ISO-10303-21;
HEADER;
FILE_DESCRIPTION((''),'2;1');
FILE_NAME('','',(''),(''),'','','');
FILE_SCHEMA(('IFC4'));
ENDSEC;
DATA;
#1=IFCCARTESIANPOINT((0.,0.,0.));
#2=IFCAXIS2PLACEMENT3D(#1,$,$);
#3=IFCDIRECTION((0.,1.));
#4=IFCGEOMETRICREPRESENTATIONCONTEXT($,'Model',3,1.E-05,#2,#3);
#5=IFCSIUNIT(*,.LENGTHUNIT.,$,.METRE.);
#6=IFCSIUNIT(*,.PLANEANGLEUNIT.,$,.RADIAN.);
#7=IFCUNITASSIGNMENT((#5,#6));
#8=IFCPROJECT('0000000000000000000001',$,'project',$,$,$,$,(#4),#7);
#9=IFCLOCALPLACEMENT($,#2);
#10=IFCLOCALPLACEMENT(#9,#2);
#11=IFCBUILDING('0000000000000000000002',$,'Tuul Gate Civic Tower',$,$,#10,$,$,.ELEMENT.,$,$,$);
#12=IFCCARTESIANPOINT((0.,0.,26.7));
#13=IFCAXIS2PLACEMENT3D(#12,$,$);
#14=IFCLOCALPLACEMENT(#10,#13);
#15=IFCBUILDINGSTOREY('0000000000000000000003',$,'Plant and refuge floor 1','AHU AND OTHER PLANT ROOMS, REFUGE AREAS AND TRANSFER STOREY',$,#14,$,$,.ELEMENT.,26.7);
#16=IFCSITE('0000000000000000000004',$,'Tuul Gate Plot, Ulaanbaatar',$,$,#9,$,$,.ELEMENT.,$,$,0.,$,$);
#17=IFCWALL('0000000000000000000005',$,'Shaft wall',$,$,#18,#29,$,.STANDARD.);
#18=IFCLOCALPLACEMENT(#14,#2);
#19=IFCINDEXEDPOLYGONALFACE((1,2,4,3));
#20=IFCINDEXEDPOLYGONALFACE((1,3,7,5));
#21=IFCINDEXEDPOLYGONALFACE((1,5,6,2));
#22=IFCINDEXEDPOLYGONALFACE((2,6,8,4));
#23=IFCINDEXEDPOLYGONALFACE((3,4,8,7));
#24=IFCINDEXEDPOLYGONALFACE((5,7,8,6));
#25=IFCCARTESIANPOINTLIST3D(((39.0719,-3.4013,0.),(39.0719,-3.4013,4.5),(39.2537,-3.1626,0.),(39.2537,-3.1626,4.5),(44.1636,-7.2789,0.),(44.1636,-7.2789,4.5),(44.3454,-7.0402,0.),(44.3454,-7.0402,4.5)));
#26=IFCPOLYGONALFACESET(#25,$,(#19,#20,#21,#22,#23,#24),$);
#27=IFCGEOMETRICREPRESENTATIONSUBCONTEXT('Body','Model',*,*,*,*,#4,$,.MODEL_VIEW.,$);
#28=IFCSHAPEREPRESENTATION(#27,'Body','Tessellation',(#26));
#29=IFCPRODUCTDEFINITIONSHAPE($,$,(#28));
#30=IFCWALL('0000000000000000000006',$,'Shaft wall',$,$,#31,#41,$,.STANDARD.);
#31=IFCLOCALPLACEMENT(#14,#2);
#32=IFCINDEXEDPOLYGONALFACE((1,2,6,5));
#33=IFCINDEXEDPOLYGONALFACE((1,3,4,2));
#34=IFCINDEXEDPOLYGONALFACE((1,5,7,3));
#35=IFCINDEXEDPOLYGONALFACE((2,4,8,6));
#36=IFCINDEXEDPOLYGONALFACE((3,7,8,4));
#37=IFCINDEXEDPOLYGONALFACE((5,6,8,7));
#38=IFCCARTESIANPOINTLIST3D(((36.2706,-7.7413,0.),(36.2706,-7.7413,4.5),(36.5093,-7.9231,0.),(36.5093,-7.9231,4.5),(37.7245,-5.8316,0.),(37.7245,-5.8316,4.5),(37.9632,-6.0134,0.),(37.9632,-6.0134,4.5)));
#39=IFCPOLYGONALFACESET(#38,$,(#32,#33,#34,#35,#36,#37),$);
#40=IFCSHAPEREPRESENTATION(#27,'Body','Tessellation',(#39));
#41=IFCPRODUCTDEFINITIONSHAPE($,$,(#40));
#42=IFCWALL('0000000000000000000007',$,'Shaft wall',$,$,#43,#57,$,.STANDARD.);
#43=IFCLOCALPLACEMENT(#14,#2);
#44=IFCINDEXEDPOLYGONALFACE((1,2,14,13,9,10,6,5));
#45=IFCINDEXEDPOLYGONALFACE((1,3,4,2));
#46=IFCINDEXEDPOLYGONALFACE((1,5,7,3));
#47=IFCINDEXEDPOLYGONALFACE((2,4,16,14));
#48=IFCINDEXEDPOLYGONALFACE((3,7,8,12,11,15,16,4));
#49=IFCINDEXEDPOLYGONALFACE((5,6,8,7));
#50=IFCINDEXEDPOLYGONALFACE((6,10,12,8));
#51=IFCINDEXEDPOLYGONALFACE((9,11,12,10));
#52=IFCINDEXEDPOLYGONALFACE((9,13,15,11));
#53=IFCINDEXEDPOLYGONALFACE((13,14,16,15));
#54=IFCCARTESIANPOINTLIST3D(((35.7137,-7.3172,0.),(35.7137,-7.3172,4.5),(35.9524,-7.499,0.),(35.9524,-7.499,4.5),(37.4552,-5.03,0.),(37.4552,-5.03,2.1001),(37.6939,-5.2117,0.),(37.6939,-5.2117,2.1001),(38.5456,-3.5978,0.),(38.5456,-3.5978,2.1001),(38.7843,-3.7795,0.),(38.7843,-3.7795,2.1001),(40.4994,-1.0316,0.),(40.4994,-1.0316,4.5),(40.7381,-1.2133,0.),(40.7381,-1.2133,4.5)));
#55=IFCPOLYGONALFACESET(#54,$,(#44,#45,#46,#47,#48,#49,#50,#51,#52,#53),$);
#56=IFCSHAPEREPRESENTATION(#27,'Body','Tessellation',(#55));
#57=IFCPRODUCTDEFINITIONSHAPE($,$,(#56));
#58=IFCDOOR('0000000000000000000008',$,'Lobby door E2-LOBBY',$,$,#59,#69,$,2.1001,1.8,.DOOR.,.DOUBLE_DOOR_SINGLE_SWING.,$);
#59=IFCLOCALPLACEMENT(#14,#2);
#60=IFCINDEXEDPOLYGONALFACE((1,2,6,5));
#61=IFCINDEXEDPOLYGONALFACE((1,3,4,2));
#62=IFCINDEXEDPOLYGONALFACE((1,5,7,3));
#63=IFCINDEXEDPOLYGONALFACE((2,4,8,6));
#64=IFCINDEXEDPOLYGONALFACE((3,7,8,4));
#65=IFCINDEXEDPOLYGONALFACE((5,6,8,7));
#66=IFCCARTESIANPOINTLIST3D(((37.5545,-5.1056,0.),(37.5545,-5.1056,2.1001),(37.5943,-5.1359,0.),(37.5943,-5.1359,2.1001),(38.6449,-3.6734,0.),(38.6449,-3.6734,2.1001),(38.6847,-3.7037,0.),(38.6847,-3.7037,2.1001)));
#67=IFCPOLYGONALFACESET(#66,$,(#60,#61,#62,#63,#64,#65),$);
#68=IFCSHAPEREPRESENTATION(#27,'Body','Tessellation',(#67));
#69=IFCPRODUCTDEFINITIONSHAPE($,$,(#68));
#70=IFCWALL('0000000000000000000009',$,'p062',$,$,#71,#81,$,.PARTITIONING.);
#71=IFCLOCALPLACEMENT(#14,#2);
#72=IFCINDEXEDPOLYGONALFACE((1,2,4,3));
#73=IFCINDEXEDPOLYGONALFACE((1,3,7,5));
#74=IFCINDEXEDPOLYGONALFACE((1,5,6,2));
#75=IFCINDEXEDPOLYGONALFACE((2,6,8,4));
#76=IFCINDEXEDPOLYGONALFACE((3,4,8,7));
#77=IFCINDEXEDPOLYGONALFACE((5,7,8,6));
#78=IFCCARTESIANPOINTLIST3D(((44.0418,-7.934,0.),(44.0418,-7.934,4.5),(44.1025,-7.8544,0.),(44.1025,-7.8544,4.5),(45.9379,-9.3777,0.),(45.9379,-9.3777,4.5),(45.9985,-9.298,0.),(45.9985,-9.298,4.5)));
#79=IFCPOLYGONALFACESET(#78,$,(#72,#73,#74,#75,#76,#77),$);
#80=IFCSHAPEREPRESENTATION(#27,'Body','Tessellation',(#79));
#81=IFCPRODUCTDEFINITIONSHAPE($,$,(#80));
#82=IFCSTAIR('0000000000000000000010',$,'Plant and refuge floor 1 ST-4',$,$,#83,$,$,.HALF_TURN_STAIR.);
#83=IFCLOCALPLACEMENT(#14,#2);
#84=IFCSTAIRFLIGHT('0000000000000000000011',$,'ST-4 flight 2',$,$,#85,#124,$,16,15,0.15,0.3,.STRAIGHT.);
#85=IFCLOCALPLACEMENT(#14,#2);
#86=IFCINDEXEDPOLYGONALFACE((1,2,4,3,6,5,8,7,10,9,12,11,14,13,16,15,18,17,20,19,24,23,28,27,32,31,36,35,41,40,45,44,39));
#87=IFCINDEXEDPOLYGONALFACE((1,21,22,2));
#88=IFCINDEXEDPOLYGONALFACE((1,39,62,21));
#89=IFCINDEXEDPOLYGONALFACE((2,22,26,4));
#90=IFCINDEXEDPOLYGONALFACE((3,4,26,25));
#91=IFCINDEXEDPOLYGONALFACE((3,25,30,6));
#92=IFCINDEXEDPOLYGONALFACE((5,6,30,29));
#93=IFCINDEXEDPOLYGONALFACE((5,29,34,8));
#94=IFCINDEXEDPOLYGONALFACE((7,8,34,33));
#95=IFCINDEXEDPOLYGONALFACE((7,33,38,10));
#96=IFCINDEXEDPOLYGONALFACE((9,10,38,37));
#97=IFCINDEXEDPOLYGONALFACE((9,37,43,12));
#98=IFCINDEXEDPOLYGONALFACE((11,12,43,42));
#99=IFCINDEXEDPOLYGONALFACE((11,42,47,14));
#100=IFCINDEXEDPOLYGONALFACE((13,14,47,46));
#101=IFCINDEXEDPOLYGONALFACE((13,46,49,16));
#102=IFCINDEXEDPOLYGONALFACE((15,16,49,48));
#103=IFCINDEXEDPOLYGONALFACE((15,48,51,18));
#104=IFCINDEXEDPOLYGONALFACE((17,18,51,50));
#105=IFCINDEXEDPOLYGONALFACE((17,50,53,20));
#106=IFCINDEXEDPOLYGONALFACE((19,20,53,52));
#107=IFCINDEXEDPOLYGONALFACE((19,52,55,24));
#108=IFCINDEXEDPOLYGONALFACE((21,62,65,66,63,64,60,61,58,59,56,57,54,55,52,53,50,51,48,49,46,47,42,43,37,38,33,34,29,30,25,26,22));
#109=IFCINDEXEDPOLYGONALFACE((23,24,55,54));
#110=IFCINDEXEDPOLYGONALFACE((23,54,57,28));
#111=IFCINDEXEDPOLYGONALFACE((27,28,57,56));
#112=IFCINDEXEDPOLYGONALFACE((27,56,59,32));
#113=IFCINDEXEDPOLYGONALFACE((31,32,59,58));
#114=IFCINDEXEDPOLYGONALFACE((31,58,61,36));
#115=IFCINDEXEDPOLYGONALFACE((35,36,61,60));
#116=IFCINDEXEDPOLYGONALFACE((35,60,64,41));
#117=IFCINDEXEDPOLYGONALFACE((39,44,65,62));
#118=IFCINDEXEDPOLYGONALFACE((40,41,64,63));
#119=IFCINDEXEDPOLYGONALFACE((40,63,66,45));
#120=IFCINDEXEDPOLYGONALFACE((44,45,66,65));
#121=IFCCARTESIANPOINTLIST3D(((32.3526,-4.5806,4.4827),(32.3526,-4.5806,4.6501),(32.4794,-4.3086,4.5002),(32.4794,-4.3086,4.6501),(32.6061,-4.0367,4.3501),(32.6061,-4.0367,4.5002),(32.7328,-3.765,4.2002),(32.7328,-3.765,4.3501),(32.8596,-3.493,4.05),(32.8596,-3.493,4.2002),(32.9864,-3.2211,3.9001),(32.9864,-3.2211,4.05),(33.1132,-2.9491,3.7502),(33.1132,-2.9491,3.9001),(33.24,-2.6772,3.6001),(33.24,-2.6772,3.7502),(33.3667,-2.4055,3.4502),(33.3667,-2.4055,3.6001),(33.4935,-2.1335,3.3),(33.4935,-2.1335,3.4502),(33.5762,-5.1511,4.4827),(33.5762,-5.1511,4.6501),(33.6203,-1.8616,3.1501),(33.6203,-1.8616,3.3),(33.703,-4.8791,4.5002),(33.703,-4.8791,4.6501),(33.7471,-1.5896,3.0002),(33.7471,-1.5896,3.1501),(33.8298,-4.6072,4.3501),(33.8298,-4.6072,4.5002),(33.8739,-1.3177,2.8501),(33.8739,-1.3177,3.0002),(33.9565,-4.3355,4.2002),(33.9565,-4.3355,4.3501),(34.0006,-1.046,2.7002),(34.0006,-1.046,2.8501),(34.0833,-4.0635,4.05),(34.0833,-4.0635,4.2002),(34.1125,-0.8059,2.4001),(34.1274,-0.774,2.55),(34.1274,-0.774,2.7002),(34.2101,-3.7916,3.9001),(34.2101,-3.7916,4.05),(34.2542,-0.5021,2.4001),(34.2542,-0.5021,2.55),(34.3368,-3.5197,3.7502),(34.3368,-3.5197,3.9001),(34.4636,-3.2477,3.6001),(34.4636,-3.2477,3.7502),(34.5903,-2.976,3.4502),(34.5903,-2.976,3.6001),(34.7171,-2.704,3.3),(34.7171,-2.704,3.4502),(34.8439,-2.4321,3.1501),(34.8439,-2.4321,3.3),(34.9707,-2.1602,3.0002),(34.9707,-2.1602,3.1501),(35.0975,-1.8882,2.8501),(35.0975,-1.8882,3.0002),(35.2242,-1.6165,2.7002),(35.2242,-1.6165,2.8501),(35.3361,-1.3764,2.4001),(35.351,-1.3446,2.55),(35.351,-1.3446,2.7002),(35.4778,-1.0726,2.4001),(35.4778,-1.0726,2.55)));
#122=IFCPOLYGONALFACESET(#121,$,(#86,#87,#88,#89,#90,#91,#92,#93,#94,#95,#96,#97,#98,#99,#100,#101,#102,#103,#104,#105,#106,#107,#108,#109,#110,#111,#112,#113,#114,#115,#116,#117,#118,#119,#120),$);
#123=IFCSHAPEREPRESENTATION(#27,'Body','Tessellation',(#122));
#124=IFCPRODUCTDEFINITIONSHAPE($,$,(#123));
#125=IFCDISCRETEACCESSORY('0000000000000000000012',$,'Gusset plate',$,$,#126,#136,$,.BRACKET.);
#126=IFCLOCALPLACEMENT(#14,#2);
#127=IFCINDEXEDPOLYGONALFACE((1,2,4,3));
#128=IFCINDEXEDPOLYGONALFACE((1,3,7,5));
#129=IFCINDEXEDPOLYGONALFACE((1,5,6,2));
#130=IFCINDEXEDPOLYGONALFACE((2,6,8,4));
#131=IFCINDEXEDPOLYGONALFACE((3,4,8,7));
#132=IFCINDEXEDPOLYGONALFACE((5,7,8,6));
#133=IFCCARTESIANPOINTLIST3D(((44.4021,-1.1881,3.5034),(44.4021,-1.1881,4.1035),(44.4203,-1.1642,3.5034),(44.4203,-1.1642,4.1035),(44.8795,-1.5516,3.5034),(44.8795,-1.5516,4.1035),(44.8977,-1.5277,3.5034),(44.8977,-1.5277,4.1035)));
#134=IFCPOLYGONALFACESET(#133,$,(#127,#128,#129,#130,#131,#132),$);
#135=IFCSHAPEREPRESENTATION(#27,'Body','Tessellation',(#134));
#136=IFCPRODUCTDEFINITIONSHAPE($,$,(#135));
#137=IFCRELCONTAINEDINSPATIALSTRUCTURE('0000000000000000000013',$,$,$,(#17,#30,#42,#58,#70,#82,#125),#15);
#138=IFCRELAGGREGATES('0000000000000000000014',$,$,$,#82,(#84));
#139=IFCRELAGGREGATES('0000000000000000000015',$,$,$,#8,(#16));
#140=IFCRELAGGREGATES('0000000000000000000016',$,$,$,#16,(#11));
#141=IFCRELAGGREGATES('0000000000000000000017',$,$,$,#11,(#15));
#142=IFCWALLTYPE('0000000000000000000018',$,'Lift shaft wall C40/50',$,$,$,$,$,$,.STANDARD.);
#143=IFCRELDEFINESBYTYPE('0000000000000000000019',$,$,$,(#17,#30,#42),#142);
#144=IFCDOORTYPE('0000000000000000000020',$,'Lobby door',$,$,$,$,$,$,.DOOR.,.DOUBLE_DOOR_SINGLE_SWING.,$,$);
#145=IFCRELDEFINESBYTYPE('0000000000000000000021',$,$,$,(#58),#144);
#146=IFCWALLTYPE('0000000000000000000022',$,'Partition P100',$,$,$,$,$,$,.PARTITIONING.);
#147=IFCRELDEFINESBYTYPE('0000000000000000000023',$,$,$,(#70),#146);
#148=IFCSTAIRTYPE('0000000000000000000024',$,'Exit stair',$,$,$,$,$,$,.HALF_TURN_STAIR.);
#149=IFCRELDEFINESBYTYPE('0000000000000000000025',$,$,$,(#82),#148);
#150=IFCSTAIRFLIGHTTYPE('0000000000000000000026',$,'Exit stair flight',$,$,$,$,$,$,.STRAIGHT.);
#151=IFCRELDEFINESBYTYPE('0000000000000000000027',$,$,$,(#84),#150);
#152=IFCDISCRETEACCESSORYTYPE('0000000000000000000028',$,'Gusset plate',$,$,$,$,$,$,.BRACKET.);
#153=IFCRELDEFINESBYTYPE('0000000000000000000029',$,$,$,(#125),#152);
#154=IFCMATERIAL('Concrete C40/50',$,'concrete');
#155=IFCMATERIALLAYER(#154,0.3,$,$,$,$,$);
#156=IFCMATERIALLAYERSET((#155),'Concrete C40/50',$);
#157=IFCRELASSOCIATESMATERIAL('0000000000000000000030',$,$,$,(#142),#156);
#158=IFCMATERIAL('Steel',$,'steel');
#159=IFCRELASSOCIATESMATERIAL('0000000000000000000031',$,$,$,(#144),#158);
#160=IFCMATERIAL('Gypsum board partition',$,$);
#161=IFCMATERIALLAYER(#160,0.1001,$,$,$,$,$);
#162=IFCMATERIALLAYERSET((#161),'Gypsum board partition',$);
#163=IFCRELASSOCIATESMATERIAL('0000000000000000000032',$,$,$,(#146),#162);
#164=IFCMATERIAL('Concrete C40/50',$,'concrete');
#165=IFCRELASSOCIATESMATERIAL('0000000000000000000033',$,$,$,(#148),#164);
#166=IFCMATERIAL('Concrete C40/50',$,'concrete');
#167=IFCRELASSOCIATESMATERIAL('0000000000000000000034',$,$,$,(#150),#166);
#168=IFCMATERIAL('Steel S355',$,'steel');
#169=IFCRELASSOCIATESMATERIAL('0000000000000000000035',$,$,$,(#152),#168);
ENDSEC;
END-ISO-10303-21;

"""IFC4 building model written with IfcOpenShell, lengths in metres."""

from ifc_helpers import new_model, si_unit, direction, frame, frame_2d, origin, origin_2d, place, context, subcontext, project, spatial, polyline, rectangle, outline, extrude, material, layer, layer_set, type_object, element, fill, aggregate, save


model = new_model("IFC4")

# Units and contexts
model_context = context("Model", 3, precision=1e-05, world=origin(), true_north=direction((0.0, 1.0)))
body_context = subcontext(model_context, "Body", "Model", "MODEL_VIEW")
ifc_project = project(units=[si_unit("LENGTHUNIT", "METRE"), si_unit("PLANEANGLEUNIT", "RADIAN")], contexts=[model_context])

# Site, building, storey
site_placement = place(None, origin())
site = spatial("IfcSite", under=ifc_project, at=site_placement, Name="Tuul Gate Plot, Ulaanbaatar", CompositionType="ELEMENT", RefElevation=0.0)
building_placement = place(site_placement, origin())
building = spatial("IfcBuilding", under=site, at=building_placement, Name="Tuul Gate Civic Tower", CompositionType="ELEMENT")
storey_placement = place(building_placement, frame((0.0, 0.0, 26.7)))
storey = spatial("IfcBuildingStorey", under=building, at=storey_placement, Name="Plant and refuge floor 1", Description="AHU AND OTHER PLANT ROOMS, REFUGE AREAS AND TRANSFER STOREY", CompositionType="ELEMENT", Elevation=26.7)

# Walls
ifc_material_1 = material(Name="Concrete C40/50", Category="concrete")
ifc_layer_1 = layer(ifc_material_1, 0.3)
ifc_layer_set_1 = layer_set([ifc_layer_1], Name="Concrete C40/50")
wall_type_1 = type_object("IfcWallType", Name="Lift shaft wall C40/50", PredefinedType="STANDARD", material=ifc_layer_set_1)
wall_1_placement = place(storey_placement, frame((44.2546, -7.1597, 0.0), z_axis=(0.0, 0.0, 1.0), x_axis=(-0.795566, 0.605867, 0.0)))
element("IfcWall", 1, at=wall_1_placement, inside=storey, type_object=wall_type_1, Name="Shaft wall", PredefinedType="STANDARD", context=body_context, shape_type="SweptSolid", body=[
    extrude(rectangle(XDim=6.4001, YDim=0.3, at=frame_2d((3.2002, 0.0))), origin(), (0.0, 0.0, 1.0), 4.5),
])
wall_2_placement = place(storey_placement, frame((36.3899, -7.8323, 0.0), z_axis=(0.0, 0.0, 1.0), x_axis=(0.605746, 0.795658, 0.0)))
element("IfcWall", 2, at=wall_2_placement, inside=storey, type_object=wall_type_1, Name="Shaft wall", PredefinedType="STANDARD", context=body_context, shape_type="SweptSolid", body=[
    extrude(rectangle(XDim=2.4001, YDim=0.3, at=frame_2d((1.2002, 0.0))), origin(), (0.0, 0.0, 1.0), 4.5),
])

# Wall, opening, door
wall_3_placement = place(storey_placement, frame((35.833, -7.4082, 0.0), z_axis=(0.0, 0.0, 1.0), x_axis=(0.605769, 0.79564, 0.0)))
wall_3 = element("IfcWall", 3, at=wall_3_placement, inside=storey, type_object=wall_type_1, Name="Shaft wall", PredefinedType="STANDARD", context=body_context, shape_type="SweptSolid", body=[
    extrude(rectangle(XDim=7.9001, YDim=0.3, at=frame_2d((3.9502, 0.0))), origin(), (0.0, 0.0, 1.0), 4.5),
])
opening_placement = place(wall_3_placement, frame((2.875, 0.0, 0.0)))
opening = element("IfcOpeningElement", 4, at=opening_placement, cuts=wall_3, PredefinedType="OPENING", context=body_context, shape_type="SweptSolid", body=[
    extrude(rectangle(XDim=1.8, YDim=2.1001, at=frame_2d((0.8999, 1.05))), frame((0.0, 0.1602, 0.0), z_axis=(0.0, -1.0, 0.0), x_axis=(1.0, 0.0, 0.0)), (0.0, 0.0, 1.0), 0.3201),
])
ifc_material_2 = material(Name="Steel", Category="steel")
door_type = type_object("IfcDoorType", Name="Lobby door", OperationType="DOUBLE_DOOR_SINGLE_SWING", PredefinedType="DOOR", material=ifc_material_2)
door_placement = place(opening_placement, frame((1.8, 0.0, 0.0), z_axis=(0.0, 0.0, 1.0), x_axis=(-1.0, 0.0, 0.0)))
door = element("IfcDoor", 5, at=door_placement, inside=storey, type_object=door_type, Name="Lobby door E2-LOBBY", OperationType="DOUBLE_DOOR_SINGLE_SWING", OverallHeight=2.1001, OverallWidth=1.8, PredefinedType="DOOR", context=body_context, shape_type="SweptSolid", body=[
    extrude(rectangle(XDim=1.8, YDim=2.1001, at=frame_2d((0.9001, 1.05))), frame((0.0, 0.0249, 0.0), z_axis=(0.0, -1.0, 0.0), x_axis=(1.0, 0.0, 0.0)), (0.0, 0.0, 1.0), 0.05),
])
fill(opening, door)

# Wall
ifc_material_3 = material(Name="Gypsum board partition")
ifc_layer_2 = layer(ifc_material_3, 0.1001)
ifc_layer_set_2 = layer_set([ifc_layer_2], Name="Gypsum board partition")
wall_type_2 = type_object("IfcWallType", Name="Partition P100", PredefinedType="PARTITIONING", material=ifc_layer_set_2)
wall_4_placement = place(storey_placement, frame((44.0723, -7.8943, 0.0), z_axis=(0.0, 0.0, 1.0), x_axis=(0.795627, -0.605787, 0.0)))
element("IfcWall", 6, at=wall_4_placement, inside=storey, type_object=wall_type_2, Name="p062", PredefinedType="PARTITIONING", context=body_context, shape_type="SweptSolid", body=[
    extrude(rectangle(XDim=2.3831, YDim=0.1001, at=frame_2d((1.1914, 0.0))), origin(), (0.0, 0.0, 1.0), 4.5),
])

# Stair, stair flight
ifc_material_4 = material(Name="Concrete C40/50", Category="concrete")
stair_type = type_object("IfcStairType", Name="Exit stair", PredefinedType="HALF_TURN_STAIR", material=ifc_material_4)
stair_placement = place(storey_placement, origin())
stair = element("IfcStair", 7, at=stair_placement, inside=storey, type_object=stair_type, Name="Plant and refuge floor 1 ST-4", PredefinedType="HALF_TURN_STAIR")
ifc_material_5 = material(Name="Concrete C40/50", Category="concrete")
stair_flight_type = type_object("IfcStairFlightType", Name="Exit stair flight", PredefinedType="STRAIGHT", material=ifc_material_5)
stair_flight_placement = place(storey_placement, frame((34.866, -0.7874, 2.4001), z_axis=(0.0, 0.0, 1.0), x_axis=(-0.422576, -0.906327, 0.0)))
stair_flight = element("IfcStairFlight", 8, at=stair_flight_placement, type_object=stair_flight_type, Name="ST-4 flight 2", NumberOfRisers=16, NumberOfTreads=15, PredefinedType="STRAIGHT", RiserHeight=0.15, TreadLength=0.3, context=body_context, shape_type="SweptSolid", body=[
    extrude(outline(polyline([(0.0, 0.0), (0.0, 0.1499), (0.3, 0.1499), (0.3, 0.3), (0.6001, 0.3), (0.6001, 0.45), (0.8999, 0.45), (0.8999, 0.6001), (1.2, 0.6001), (1.2, 0.75), (1.5, 0.75), (1.5, 0.8999), (1.8, 0.8999), (1.8, 1.05), (2.1001, 1.05), (2.1001, 1.2), (2.3999, 1.2), (2.3999, 1.3501), (2.7, 1.3501), (2.7, 1.5), (3.0, 1.5), (3.0, 1.6499), (3.3, 1.6499), (3.3, 1.8), (3.6001, 1.8), (3.6001, 1.95), (3.8999, 1.95), (3.8999, 2.1001), (4.2, 2.1001), (4.2, 2.25), (4.5, 2.25), (4.5, 2.3999), (4.5, 2.0825), (0.3352, 0.0), (0.0, 0.0)])), frame((0.0, 0.675, 0.0), z_axis=(0.0, -1.0, 0.0), x_axis=(1.0, 0.0, 0.0)), (0.0, 0.0, 1.0), 1.3501),
])
aggregate(stair, [stair_flight])

# Discrete accessory
ifc_material_6 = material(Name="Steel S355", Category="steel")
discrete_accessory_type = type_object("IfcDiscreteAccessoryType", Name="Gusset plate", PredefinedType="BRACKET", material=ifc_material_6)
discrete_accessory_placement = place(storey_placement, frame((44.6499, -1.3579, 3.5034), z_axis=(0.0, 0.0, 1.0), x_axis=(0.795664, -0.605738, 0.0)))
element("IfcDiscreteAccessory", 9, at=discrete_accessory_placement, inside=storey, type_object=discrete_accessory_type, Name="Gusset plate", PredefinedType="BRACKET", context=body_context, shape_type="SweptSolid", body=[
    extrude(rectangle(XDim=0.6001, YDim=0.03, at=origin_2d()), origin(), (0.0, 0.0, 1.0), 0.6001),
])

save(model, "model.ifc")
